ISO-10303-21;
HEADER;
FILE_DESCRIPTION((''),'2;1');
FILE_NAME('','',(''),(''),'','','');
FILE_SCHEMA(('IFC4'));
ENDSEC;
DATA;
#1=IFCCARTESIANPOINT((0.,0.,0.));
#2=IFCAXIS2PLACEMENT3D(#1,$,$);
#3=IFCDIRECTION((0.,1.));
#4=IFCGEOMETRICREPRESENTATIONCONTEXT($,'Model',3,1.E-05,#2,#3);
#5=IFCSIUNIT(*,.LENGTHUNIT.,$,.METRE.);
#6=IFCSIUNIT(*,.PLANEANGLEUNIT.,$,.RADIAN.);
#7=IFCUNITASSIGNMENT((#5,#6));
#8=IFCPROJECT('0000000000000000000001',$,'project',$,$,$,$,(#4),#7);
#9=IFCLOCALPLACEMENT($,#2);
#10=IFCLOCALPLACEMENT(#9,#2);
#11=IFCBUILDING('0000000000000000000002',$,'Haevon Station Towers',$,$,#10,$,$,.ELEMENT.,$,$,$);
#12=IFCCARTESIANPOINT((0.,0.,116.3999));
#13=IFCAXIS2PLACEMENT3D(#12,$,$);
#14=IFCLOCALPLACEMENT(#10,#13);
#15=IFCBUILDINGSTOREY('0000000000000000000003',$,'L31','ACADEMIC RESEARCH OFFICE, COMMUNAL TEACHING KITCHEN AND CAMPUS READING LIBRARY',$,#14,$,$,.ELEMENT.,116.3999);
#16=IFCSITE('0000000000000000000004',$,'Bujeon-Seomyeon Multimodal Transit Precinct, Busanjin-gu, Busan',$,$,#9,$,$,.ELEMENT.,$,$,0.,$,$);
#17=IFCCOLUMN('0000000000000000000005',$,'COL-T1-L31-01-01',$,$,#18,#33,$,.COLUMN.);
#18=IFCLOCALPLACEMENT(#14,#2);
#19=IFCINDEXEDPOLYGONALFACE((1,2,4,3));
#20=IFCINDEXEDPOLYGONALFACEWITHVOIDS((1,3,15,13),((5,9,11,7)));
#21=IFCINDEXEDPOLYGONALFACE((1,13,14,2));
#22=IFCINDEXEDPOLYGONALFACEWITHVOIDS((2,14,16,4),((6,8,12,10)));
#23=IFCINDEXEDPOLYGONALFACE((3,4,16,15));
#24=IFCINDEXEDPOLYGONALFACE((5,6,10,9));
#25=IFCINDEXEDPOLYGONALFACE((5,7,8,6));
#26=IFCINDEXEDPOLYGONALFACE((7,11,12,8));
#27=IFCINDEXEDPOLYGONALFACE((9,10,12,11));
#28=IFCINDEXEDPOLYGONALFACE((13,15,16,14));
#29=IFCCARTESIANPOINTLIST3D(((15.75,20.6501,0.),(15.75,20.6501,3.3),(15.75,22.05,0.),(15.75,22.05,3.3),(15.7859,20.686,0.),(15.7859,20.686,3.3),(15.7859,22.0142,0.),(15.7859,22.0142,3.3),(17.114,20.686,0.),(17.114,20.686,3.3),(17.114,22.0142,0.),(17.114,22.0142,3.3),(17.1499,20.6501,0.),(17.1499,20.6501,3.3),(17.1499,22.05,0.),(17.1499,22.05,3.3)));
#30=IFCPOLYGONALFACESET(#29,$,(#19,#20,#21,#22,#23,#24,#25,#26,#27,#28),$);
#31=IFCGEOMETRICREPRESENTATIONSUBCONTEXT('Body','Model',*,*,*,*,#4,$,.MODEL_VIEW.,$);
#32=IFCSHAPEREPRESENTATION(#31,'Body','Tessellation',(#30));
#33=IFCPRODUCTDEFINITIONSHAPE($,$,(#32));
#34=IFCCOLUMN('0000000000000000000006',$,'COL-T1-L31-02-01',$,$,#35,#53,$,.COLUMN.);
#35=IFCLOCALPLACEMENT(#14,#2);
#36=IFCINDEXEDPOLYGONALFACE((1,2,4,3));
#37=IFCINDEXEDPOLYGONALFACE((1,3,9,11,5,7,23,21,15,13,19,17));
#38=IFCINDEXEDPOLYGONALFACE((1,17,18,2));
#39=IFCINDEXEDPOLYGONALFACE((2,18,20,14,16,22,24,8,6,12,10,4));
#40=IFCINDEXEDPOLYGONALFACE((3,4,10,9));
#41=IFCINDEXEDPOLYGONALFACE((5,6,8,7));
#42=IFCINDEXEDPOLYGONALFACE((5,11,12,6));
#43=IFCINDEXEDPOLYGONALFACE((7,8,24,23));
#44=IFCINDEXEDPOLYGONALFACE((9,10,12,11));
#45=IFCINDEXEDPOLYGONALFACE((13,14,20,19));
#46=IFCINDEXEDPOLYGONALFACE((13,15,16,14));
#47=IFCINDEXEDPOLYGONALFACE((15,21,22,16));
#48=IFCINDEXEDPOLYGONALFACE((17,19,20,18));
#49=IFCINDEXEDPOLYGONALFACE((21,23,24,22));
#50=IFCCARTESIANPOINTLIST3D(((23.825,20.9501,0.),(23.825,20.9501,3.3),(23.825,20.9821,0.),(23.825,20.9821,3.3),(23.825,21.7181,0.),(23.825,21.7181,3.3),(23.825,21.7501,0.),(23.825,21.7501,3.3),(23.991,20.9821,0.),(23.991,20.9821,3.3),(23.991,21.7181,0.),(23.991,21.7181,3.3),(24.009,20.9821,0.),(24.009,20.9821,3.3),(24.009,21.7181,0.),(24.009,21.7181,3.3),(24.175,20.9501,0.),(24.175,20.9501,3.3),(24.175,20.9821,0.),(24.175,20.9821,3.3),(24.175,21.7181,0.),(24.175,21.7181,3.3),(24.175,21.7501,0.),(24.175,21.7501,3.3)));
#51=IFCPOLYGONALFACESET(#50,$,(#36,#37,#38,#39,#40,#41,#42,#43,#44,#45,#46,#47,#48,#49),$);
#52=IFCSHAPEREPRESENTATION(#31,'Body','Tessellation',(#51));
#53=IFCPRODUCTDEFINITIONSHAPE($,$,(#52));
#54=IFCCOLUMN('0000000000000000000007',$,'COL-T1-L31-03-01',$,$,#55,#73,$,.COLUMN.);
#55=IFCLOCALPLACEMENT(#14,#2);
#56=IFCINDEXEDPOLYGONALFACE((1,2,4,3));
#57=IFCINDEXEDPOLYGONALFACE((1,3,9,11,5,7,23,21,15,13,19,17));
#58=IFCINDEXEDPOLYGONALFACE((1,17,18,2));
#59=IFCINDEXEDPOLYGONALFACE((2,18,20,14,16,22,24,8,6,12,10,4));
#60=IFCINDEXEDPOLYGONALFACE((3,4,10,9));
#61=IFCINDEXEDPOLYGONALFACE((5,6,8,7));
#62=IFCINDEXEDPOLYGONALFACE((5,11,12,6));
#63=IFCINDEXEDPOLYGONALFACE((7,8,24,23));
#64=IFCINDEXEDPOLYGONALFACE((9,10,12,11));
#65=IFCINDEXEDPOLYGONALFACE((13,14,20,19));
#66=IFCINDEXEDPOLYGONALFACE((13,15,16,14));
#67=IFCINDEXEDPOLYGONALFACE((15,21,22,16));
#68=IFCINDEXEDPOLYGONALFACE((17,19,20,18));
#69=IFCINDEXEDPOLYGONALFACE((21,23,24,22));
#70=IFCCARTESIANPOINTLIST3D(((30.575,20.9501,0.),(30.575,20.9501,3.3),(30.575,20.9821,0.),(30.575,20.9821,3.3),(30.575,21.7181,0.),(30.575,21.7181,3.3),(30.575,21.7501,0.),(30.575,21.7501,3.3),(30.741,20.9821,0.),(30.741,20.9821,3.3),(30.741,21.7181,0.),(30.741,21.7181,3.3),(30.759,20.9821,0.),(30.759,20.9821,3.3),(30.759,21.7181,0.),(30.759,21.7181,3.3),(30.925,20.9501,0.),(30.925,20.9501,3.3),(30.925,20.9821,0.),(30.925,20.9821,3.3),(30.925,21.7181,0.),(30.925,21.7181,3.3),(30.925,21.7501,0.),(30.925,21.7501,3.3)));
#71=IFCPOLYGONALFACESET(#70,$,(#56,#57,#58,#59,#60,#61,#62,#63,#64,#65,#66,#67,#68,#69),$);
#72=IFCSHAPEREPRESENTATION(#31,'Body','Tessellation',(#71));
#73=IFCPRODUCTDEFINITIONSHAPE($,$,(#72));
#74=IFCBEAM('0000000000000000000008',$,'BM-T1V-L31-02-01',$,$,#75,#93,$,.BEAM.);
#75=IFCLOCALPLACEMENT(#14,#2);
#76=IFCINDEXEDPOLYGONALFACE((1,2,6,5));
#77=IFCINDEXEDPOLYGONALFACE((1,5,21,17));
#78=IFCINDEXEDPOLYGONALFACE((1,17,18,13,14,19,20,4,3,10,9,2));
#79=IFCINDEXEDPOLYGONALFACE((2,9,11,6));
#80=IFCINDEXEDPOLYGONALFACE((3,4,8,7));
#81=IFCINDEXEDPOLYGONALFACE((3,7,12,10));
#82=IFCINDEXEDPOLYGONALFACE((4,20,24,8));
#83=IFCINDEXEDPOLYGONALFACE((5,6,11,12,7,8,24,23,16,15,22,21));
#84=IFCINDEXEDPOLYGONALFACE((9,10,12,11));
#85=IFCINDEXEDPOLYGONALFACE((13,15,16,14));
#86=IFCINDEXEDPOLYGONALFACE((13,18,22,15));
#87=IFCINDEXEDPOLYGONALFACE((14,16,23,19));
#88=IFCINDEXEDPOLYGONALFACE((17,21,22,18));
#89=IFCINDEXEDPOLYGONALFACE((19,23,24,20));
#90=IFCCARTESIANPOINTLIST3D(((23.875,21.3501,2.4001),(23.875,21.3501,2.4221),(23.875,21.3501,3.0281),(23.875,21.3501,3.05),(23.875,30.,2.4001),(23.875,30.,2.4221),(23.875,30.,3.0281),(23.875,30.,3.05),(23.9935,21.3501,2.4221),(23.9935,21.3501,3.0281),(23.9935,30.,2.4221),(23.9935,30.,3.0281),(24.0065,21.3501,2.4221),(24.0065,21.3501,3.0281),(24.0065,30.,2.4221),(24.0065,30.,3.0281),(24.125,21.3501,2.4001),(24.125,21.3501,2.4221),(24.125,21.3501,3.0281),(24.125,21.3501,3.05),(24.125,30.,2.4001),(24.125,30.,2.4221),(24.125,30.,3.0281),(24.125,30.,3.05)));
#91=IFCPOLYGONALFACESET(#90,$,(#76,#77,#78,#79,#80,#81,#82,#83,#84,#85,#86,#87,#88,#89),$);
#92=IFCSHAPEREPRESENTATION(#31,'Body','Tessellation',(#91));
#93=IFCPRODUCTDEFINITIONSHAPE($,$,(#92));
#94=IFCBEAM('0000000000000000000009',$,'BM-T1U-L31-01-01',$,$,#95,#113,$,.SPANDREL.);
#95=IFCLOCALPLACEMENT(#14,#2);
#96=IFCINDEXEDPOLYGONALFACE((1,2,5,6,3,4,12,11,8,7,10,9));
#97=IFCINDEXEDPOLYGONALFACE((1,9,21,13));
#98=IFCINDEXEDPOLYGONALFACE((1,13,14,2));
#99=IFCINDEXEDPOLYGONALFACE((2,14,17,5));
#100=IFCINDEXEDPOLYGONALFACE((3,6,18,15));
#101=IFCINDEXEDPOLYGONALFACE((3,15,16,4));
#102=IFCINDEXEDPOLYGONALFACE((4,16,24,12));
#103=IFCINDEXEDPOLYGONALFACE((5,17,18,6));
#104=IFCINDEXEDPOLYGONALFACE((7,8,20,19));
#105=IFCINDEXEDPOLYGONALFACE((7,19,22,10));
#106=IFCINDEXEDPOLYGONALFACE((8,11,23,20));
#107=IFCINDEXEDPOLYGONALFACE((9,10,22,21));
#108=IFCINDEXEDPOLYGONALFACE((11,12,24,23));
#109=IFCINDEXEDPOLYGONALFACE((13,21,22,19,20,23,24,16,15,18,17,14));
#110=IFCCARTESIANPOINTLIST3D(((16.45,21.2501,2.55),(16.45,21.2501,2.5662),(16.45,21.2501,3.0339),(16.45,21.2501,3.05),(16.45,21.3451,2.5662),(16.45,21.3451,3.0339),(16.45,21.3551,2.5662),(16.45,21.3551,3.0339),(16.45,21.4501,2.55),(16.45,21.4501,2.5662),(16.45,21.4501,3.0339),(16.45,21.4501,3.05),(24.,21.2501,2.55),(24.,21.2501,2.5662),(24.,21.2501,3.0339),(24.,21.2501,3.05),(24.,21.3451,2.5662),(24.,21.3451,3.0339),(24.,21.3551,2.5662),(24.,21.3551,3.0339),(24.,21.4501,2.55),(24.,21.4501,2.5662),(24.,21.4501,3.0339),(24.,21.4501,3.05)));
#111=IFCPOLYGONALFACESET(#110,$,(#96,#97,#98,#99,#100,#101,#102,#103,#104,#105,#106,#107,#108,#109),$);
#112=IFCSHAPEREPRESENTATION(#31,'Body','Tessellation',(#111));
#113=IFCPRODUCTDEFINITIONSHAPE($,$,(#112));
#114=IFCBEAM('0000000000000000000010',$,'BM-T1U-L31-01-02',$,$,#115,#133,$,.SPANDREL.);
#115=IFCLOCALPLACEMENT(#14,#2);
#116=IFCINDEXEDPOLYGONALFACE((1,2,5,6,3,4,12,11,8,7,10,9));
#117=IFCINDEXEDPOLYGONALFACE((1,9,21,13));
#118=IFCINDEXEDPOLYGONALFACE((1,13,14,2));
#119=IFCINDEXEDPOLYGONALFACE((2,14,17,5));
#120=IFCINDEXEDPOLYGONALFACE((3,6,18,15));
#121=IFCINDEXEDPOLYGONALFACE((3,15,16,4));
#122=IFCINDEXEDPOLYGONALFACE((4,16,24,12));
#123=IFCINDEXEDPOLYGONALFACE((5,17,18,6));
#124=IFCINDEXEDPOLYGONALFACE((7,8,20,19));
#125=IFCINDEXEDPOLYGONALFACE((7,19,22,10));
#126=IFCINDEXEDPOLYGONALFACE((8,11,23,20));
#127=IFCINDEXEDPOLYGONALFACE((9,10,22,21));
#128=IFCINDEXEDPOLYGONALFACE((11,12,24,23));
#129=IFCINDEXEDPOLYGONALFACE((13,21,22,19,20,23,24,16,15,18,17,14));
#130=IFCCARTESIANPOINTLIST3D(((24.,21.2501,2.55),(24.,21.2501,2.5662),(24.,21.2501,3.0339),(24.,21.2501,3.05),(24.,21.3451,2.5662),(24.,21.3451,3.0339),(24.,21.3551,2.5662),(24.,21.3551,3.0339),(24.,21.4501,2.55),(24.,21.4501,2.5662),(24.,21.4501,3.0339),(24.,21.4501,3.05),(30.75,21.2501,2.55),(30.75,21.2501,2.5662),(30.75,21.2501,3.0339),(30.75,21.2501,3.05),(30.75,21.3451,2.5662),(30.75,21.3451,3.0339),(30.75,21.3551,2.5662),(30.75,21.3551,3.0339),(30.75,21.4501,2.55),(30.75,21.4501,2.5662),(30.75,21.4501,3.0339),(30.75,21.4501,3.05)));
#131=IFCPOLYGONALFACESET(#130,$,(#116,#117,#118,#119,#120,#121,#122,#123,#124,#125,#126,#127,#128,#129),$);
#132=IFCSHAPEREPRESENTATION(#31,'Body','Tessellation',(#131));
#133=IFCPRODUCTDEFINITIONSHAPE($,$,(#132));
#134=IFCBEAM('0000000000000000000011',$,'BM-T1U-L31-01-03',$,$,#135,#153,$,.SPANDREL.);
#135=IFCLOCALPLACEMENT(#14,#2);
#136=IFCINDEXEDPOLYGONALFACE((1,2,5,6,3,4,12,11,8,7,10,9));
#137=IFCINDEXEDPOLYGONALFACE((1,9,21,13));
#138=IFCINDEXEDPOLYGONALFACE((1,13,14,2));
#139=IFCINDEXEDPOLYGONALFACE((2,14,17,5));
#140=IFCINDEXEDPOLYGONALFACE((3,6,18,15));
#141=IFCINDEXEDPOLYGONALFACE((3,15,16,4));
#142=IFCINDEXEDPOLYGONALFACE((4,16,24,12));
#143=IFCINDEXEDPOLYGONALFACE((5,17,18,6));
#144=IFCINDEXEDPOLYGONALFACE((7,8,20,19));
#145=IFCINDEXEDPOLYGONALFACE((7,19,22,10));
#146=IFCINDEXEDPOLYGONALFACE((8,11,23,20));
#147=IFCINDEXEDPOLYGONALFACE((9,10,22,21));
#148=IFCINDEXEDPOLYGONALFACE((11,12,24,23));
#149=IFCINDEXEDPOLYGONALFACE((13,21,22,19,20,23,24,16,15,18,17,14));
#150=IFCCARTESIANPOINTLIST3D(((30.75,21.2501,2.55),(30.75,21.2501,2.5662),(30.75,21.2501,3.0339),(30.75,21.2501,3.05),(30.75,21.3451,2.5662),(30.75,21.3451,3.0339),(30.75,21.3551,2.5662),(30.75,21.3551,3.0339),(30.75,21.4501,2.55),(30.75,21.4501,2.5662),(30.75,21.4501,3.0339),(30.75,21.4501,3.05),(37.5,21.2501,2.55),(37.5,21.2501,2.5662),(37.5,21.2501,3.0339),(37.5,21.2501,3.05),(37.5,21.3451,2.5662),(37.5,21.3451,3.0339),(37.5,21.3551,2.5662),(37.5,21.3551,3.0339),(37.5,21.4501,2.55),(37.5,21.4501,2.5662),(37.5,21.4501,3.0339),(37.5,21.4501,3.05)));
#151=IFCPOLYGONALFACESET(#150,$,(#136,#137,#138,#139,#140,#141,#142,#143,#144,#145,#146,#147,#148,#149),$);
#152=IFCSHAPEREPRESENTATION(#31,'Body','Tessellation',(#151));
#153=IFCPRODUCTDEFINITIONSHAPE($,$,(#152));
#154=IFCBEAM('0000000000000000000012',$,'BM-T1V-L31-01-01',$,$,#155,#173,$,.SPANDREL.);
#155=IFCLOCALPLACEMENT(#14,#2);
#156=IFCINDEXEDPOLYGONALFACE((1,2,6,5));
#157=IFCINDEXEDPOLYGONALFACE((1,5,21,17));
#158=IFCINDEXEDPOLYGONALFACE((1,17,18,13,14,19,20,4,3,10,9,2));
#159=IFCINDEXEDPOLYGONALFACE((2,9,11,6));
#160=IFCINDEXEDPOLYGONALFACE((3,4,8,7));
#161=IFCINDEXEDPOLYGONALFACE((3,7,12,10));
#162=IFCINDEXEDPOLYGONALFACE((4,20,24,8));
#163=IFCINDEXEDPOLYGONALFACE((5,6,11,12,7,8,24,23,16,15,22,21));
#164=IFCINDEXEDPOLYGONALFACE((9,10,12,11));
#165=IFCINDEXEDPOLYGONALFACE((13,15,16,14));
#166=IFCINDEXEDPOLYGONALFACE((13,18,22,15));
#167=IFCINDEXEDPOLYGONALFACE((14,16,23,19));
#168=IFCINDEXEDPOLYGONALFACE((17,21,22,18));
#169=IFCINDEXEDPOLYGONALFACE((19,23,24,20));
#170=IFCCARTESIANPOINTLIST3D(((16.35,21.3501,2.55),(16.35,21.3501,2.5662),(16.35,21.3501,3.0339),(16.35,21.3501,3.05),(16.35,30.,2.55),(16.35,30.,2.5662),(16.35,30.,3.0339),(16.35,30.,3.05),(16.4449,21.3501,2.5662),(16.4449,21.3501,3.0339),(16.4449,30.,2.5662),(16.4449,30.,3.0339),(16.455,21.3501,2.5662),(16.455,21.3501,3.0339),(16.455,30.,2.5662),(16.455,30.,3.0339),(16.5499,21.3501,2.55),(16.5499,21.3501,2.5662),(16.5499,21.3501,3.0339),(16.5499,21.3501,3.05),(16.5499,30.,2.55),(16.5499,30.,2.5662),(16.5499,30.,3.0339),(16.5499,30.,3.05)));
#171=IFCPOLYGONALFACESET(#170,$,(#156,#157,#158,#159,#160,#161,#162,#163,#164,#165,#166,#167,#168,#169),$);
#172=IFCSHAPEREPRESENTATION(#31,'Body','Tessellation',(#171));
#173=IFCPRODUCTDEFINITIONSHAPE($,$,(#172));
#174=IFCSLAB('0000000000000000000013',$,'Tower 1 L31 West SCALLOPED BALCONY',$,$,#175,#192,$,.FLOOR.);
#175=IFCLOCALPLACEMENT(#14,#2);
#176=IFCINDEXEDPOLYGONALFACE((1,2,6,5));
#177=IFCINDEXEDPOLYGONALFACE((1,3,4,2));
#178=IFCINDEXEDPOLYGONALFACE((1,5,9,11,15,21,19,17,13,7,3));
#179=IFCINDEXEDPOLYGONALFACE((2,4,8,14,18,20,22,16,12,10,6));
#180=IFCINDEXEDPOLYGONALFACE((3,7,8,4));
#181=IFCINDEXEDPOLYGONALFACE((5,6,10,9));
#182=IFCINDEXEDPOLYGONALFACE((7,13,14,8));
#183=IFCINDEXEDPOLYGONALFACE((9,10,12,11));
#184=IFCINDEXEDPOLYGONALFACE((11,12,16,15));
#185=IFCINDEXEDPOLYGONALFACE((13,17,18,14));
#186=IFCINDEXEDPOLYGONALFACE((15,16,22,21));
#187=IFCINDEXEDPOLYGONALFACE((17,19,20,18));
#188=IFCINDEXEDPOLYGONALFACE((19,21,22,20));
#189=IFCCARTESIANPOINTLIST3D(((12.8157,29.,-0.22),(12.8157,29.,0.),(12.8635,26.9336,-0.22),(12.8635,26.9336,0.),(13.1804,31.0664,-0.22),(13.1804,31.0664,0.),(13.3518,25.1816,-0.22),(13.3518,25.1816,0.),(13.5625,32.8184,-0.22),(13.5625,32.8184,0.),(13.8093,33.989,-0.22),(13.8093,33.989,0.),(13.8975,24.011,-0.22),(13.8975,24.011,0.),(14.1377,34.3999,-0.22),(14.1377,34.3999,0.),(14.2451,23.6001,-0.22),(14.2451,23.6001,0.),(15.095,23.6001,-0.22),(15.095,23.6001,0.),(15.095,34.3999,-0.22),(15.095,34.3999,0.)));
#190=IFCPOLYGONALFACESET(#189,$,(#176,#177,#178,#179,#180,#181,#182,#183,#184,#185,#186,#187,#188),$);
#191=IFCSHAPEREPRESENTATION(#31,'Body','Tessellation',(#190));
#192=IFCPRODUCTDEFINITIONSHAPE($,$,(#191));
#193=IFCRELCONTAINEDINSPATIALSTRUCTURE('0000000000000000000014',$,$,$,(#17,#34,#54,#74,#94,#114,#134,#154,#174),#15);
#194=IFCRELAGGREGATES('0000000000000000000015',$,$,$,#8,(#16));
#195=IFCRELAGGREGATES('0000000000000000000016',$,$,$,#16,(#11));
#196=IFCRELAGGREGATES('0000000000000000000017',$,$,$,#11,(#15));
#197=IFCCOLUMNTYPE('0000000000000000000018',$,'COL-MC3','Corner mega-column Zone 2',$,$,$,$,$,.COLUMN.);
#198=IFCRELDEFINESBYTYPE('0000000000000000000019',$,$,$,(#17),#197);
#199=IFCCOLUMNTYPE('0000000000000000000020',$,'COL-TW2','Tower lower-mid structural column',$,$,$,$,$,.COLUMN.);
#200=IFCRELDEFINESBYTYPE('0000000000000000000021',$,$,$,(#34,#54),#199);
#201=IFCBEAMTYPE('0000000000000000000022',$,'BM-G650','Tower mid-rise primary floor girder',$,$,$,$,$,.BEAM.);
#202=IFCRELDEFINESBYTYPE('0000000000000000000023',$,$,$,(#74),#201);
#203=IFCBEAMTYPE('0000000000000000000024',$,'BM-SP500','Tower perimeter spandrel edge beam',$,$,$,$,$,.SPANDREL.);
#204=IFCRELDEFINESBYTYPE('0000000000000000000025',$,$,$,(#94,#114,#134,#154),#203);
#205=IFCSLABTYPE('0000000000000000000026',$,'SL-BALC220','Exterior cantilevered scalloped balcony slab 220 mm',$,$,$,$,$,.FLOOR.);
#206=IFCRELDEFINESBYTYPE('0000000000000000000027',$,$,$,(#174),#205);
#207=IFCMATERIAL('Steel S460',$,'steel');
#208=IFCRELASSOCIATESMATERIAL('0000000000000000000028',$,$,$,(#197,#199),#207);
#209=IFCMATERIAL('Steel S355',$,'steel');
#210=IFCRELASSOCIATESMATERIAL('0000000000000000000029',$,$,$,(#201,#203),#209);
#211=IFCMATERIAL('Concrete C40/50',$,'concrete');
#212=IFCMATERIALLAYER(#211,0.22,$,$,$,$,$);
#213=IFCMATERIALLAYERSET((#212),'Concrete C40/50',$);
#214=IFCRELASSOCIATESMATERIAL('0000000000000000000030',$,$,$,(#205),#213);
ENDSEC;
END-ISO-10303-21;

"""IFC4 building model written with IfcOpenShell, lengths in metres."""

from ifc_helpers import new_model, si_unit, direction, frame, origin, origin_2d, place, context, subcontext, project, spatial, polyline, hollow_rectangle, i_section, outline, extrude, material, layer, layer_set, material_profile, profile_set, type_object, element, save


model = new_model("IFC4")

# Units and contexts
model_context = context("Model", 3, precision=1e-05, world=origin(), true_north=direction((0.0, 1.0)))
body_context = subcontext(model_context, "Body", "Model", "MODEL_VIEW")
ifc_project = project(units=[si_unit("LENGTHUNIT", "METRE"), si_unit("PLANEANGLEUNIT", "RADIAN")], contexts=[model_context])

# Site, building, storey
site_placement = place(None, origin())
site = spatial("IfcSite", under=ifc_project, at=site_placement, Name="Bujeon-Seomyeon Multimodal Transit Precinct, Busanjin-gu, Busan", CompositionType="ELEMENT", RefElevation=0.0)
building_placement = place(site_placement, origin())
building = spatial("IfcBuilding", under=site, at=building_placement, Name="Haevon Station Towers", CompositionType="ELEMENT")
storey_placement = place(building_placement, frame((0.0, 0.0, 116.3999)))
storey = spatial("IfcBuildingStorey", under=building, at=storey_placement, Name="L31", Description="ACADEMIC RESEARCH OFFICE, COMMUNAL TEACHING KITCHEN AND CAMPUS READING LIBRARY", CompositionType="ELEMENT", Elevation=116.3999)

# Columns
ifc_material_1 = material(Name="Steel S460", Category="steel")
ifc_material_profile_1 = material_profile(ifc_material_1, hollow_rectangle(XDim=1.3999, YDim=1.3999, WallThickness=0.0359, at=origin_2d()), Name="BOX-1400x1400x36")
ifc_profile_set_1 = profile_set([ifc_material_profile_1], Name="Steel S460")
column_type_1 = type_object("IfcColumnType", Name="COL-MC3", Description="Corner mega-column Zone 2", PredefinedType="COLUMN", material=ifc_profile_set_1)
column_placement = place(storey_placement, frame((16.45, 21.3501, 0.0), z_axis=(0.0, 0.0, 1.0), x_axis=(1.0, 0.0, 0.0)))
element("IfcColumn", 1, at=column_placement, inside=storey, type_object=column_type_1, Name="COL-T1-L31-01-01", PredefinedType="COLUMN", context=body_context, shape_type="SweptSolid", body=[
    extrude(hollow_rectangle(XDim=1.3999, YDim=1.3999, WallThickness=0.0359, at=origin_2d()), origin(), (0.0, 0.0, 1.0), 3.3),
])
ifc_material_profile_2 = material_profile(ifc_material_1, i_section(OverallWidth=0.3501, OverallDepth=0.8, WebThickness=0.0181, FlangeThickness=0.032, at=origin_2d()), Name="H-800x350x18x32")
ifc_profile_set_2 = profile_set([ifc_material_profile_2], Name="Steel S460")
column_type_2 = type_object("IfcColumnType", Name="COL-TW2", Description="Tower lower-mid structural column", PredefinedType="COLUMN", material=ifc_profile_set_2)
for number, where, z_axis, x_axis, name in (
    (2, (24.0, 21.3501, 0.0), (0.0, 0.0, 1.0), (1.0, 0.0, 0.0), "COL-T1-L31-02-01"),
    (3, (30.75, 21.3501, 0.0), (0.0, 0.0, 1.0), (1.0, 0.0, 0.0), "COL-T1-L31-03-01"),
):
    element("IfcColumn", number, at=place(storey_placement, frame(where, z_axis=z_axis, x_axis=x_axis)), inside=storey, type_object=column_type_2, Name=name, PredefinedType="COLUMN", context=body_context, shape_type="SweptSolid", body=[
        extrude(i_section(OverallWidth=0.3501, OverallDepth=0.8, WebThickness=0.0181, FlangeThickness=0.032, at=origin_2d()), origin(), (0.0, 0.0, 1.0), 3.3),
    ])

# Beams
ifc_material_2 = material(Name="Steel S355", Category="steel")
ifc_material_profile_3 = material_profile(ifc_material_2, i_section(OverallWidth=0.25, OverallDepth=0.6499, WebThickness=0.0129, FlangeThickness=0.022, at=origin_2d()), Name="H-650x250x13x22")
ifc_profile_set_3 = profile_set([ifc_material_profile_3], Name="Steel S355")
beam_type_1 = type_object("IfcBeamType", Name="BM-G650", Description="Tower mid-rise primary floor girder", PredefinedType="BEAM", material=ifc_profile_set_3)
beam_1_placement = place(storey_placement, frame((24.0, 21.3501, 2.7251), z_axis=(0.0, 1.0, 0.0), x_axis=(-1.0, 0.0, 0.0)))
element("IfcBeam", 4, at=beam_1_placement, inside=storey, type_object=beam_type_1, Name="BM-T1V-L31-02-01", PredefinedType="BEAM", context=body_context, shape_type="SweptSolid", body=[
    extrude(i_section(OverallWidth=0.25, OverallDepth=0.6499, WebThickness=0.0129, FlangeThickness=0.022, at=origin_2d()), origin(), (0.0, 0.0, 1.0), 8.6499),
])
ifc_material_profile_4 = material_profile(ifc_material_2, i_section(OverallWidth=0.2, OverallDepth=0.5, WebThickness=0.01, FlangeThickness=0.0161, at=origin_2d()), Name="H-500x200x10x16")
ifc_profile_set_4 = profile_set([ifc_material_profile_4], Name="Steel S355")
beam_type_2 = type_object("IfcBeamType", Name="BM-SP500", Description="Tower perimeter spandrel edge beam", PredefinedType="SPANDREL", material=ifc_profile_set_4)
beam_2_placement = place(storey_placement, frame((16.45, 21.3501, 2.8), z_axis=(1.0, 0.0, 0.0), x_axis=(0.0, 1.0, 0.0)))
element("IfcBeam", 5, at=beam_2_placement, inside=storey, type_object=beam_type_2, Name="BM-T1U-L31-01-01", PredefinedType="SPANDREL", context=body_context, shape_type="SweptSolid", body=[
    extrude(i_section(OverallWidth=0.2, OverallDepth=0.5, WebThickness=0.01, FlangeThickness=0.0161, at=origin_2d()), origin(), (0.0, 0.0, 1.0), 7.55),
])
for number, where, z_axis, x_axis, name in (
    (6, (24.0, 21.3501, 2.8), (1.0, 0.0, 0.0), (0.0, 1.0, 0.0), "BM-T1U-L31-01-02"),
    (7, (30.75, 21.3501, 2.8), (1.0, 0.0, 0.0), (0.0, 1.0, 0.0), "BM-T1U-L31-01-03"),
):
    element("IfcBeam", number, at=place(storey_placement, frame(where, z_axis=z_axis, x_axis=x_axis)), inside=storey, type_object=beam_type_2, Name=name, PredefinedType="SPANDREL", context=body_context, shape_type="SweptSolid", body=[
        extrude(i_section(OverallWidth=0.2, OverallDepth=0.5, WebThickness=0.01, FlangeThickness=0.0161, at=origin_2d()), origin(), (0.0, 0.0, 1.0), 6.75),
    ])
beam_3_placement = place(storey_placement, frame((16.45, 21.3501, 2.8), z_axis=(0.0, 1.0, 0.0), x_axis=(-1.0, 0.0, 0.0)))
element("IfcBeam", 8, at=beam_3_placement, inside=storey, type_object=beam_type_2, Name="BM-T1V-L31-01-01", PredefinedType="SPANDREL", context=body_context, shape_type="SweptSolid", body=[
    extrude(i_section(OverallWidth=0.2, OverallDepth=0.5, WebThickness=0.01, FlangeThickness=0.0161, at=origin_2d()), origin(), (0.0, 0.0, 1.0), 8.6499),
])

# Slab
ifc_material_3 = material(Name="Concrete C40/50", Category="concrete")
ifc_layer_1 = layer(ifc_material_3, 0.22)
ifc_layer_set_1 = layer_set([ifc_layer_1], Name="Concrete C40/50")
slab_type_1 = type_object("IfcSlabType", Name="SL-BALC220", Description="Exterior cantilevered scalloped balcony slab 220 mm", PredefinedType="FLOOR", material=ifc_layer_set_1)
slab_1_placement = place(storey_placement, frame((0.0, 0.0, -0.22)))
element("IfcSlab", 9, at=slab_1_placement, inside=storey, type_object=slab_type_1, Name="Tower 1 L31 West SCALLOPED BALCONY", PredefinedType="FLOOR", context=body_context, shape_type="SweptSolid", body=[
    extrude(outline(polyline([(15.095, 34.3999), (14.1377, 34.3999), (13.8093, 33.989), (13.5625, 32.8184), (13.1804, 31.0664), (12.8157, 29.0), (12.8635, 26.9336), (13.3518, 25.1816), (13.8975, 24.011), (14.2451, 23.6001), (15.095, 23.6001), (15.095, 34.3999)])), origin(), (0.0, 0.0, 1.0), 0.22),
])

save(model, "model.ifc")
